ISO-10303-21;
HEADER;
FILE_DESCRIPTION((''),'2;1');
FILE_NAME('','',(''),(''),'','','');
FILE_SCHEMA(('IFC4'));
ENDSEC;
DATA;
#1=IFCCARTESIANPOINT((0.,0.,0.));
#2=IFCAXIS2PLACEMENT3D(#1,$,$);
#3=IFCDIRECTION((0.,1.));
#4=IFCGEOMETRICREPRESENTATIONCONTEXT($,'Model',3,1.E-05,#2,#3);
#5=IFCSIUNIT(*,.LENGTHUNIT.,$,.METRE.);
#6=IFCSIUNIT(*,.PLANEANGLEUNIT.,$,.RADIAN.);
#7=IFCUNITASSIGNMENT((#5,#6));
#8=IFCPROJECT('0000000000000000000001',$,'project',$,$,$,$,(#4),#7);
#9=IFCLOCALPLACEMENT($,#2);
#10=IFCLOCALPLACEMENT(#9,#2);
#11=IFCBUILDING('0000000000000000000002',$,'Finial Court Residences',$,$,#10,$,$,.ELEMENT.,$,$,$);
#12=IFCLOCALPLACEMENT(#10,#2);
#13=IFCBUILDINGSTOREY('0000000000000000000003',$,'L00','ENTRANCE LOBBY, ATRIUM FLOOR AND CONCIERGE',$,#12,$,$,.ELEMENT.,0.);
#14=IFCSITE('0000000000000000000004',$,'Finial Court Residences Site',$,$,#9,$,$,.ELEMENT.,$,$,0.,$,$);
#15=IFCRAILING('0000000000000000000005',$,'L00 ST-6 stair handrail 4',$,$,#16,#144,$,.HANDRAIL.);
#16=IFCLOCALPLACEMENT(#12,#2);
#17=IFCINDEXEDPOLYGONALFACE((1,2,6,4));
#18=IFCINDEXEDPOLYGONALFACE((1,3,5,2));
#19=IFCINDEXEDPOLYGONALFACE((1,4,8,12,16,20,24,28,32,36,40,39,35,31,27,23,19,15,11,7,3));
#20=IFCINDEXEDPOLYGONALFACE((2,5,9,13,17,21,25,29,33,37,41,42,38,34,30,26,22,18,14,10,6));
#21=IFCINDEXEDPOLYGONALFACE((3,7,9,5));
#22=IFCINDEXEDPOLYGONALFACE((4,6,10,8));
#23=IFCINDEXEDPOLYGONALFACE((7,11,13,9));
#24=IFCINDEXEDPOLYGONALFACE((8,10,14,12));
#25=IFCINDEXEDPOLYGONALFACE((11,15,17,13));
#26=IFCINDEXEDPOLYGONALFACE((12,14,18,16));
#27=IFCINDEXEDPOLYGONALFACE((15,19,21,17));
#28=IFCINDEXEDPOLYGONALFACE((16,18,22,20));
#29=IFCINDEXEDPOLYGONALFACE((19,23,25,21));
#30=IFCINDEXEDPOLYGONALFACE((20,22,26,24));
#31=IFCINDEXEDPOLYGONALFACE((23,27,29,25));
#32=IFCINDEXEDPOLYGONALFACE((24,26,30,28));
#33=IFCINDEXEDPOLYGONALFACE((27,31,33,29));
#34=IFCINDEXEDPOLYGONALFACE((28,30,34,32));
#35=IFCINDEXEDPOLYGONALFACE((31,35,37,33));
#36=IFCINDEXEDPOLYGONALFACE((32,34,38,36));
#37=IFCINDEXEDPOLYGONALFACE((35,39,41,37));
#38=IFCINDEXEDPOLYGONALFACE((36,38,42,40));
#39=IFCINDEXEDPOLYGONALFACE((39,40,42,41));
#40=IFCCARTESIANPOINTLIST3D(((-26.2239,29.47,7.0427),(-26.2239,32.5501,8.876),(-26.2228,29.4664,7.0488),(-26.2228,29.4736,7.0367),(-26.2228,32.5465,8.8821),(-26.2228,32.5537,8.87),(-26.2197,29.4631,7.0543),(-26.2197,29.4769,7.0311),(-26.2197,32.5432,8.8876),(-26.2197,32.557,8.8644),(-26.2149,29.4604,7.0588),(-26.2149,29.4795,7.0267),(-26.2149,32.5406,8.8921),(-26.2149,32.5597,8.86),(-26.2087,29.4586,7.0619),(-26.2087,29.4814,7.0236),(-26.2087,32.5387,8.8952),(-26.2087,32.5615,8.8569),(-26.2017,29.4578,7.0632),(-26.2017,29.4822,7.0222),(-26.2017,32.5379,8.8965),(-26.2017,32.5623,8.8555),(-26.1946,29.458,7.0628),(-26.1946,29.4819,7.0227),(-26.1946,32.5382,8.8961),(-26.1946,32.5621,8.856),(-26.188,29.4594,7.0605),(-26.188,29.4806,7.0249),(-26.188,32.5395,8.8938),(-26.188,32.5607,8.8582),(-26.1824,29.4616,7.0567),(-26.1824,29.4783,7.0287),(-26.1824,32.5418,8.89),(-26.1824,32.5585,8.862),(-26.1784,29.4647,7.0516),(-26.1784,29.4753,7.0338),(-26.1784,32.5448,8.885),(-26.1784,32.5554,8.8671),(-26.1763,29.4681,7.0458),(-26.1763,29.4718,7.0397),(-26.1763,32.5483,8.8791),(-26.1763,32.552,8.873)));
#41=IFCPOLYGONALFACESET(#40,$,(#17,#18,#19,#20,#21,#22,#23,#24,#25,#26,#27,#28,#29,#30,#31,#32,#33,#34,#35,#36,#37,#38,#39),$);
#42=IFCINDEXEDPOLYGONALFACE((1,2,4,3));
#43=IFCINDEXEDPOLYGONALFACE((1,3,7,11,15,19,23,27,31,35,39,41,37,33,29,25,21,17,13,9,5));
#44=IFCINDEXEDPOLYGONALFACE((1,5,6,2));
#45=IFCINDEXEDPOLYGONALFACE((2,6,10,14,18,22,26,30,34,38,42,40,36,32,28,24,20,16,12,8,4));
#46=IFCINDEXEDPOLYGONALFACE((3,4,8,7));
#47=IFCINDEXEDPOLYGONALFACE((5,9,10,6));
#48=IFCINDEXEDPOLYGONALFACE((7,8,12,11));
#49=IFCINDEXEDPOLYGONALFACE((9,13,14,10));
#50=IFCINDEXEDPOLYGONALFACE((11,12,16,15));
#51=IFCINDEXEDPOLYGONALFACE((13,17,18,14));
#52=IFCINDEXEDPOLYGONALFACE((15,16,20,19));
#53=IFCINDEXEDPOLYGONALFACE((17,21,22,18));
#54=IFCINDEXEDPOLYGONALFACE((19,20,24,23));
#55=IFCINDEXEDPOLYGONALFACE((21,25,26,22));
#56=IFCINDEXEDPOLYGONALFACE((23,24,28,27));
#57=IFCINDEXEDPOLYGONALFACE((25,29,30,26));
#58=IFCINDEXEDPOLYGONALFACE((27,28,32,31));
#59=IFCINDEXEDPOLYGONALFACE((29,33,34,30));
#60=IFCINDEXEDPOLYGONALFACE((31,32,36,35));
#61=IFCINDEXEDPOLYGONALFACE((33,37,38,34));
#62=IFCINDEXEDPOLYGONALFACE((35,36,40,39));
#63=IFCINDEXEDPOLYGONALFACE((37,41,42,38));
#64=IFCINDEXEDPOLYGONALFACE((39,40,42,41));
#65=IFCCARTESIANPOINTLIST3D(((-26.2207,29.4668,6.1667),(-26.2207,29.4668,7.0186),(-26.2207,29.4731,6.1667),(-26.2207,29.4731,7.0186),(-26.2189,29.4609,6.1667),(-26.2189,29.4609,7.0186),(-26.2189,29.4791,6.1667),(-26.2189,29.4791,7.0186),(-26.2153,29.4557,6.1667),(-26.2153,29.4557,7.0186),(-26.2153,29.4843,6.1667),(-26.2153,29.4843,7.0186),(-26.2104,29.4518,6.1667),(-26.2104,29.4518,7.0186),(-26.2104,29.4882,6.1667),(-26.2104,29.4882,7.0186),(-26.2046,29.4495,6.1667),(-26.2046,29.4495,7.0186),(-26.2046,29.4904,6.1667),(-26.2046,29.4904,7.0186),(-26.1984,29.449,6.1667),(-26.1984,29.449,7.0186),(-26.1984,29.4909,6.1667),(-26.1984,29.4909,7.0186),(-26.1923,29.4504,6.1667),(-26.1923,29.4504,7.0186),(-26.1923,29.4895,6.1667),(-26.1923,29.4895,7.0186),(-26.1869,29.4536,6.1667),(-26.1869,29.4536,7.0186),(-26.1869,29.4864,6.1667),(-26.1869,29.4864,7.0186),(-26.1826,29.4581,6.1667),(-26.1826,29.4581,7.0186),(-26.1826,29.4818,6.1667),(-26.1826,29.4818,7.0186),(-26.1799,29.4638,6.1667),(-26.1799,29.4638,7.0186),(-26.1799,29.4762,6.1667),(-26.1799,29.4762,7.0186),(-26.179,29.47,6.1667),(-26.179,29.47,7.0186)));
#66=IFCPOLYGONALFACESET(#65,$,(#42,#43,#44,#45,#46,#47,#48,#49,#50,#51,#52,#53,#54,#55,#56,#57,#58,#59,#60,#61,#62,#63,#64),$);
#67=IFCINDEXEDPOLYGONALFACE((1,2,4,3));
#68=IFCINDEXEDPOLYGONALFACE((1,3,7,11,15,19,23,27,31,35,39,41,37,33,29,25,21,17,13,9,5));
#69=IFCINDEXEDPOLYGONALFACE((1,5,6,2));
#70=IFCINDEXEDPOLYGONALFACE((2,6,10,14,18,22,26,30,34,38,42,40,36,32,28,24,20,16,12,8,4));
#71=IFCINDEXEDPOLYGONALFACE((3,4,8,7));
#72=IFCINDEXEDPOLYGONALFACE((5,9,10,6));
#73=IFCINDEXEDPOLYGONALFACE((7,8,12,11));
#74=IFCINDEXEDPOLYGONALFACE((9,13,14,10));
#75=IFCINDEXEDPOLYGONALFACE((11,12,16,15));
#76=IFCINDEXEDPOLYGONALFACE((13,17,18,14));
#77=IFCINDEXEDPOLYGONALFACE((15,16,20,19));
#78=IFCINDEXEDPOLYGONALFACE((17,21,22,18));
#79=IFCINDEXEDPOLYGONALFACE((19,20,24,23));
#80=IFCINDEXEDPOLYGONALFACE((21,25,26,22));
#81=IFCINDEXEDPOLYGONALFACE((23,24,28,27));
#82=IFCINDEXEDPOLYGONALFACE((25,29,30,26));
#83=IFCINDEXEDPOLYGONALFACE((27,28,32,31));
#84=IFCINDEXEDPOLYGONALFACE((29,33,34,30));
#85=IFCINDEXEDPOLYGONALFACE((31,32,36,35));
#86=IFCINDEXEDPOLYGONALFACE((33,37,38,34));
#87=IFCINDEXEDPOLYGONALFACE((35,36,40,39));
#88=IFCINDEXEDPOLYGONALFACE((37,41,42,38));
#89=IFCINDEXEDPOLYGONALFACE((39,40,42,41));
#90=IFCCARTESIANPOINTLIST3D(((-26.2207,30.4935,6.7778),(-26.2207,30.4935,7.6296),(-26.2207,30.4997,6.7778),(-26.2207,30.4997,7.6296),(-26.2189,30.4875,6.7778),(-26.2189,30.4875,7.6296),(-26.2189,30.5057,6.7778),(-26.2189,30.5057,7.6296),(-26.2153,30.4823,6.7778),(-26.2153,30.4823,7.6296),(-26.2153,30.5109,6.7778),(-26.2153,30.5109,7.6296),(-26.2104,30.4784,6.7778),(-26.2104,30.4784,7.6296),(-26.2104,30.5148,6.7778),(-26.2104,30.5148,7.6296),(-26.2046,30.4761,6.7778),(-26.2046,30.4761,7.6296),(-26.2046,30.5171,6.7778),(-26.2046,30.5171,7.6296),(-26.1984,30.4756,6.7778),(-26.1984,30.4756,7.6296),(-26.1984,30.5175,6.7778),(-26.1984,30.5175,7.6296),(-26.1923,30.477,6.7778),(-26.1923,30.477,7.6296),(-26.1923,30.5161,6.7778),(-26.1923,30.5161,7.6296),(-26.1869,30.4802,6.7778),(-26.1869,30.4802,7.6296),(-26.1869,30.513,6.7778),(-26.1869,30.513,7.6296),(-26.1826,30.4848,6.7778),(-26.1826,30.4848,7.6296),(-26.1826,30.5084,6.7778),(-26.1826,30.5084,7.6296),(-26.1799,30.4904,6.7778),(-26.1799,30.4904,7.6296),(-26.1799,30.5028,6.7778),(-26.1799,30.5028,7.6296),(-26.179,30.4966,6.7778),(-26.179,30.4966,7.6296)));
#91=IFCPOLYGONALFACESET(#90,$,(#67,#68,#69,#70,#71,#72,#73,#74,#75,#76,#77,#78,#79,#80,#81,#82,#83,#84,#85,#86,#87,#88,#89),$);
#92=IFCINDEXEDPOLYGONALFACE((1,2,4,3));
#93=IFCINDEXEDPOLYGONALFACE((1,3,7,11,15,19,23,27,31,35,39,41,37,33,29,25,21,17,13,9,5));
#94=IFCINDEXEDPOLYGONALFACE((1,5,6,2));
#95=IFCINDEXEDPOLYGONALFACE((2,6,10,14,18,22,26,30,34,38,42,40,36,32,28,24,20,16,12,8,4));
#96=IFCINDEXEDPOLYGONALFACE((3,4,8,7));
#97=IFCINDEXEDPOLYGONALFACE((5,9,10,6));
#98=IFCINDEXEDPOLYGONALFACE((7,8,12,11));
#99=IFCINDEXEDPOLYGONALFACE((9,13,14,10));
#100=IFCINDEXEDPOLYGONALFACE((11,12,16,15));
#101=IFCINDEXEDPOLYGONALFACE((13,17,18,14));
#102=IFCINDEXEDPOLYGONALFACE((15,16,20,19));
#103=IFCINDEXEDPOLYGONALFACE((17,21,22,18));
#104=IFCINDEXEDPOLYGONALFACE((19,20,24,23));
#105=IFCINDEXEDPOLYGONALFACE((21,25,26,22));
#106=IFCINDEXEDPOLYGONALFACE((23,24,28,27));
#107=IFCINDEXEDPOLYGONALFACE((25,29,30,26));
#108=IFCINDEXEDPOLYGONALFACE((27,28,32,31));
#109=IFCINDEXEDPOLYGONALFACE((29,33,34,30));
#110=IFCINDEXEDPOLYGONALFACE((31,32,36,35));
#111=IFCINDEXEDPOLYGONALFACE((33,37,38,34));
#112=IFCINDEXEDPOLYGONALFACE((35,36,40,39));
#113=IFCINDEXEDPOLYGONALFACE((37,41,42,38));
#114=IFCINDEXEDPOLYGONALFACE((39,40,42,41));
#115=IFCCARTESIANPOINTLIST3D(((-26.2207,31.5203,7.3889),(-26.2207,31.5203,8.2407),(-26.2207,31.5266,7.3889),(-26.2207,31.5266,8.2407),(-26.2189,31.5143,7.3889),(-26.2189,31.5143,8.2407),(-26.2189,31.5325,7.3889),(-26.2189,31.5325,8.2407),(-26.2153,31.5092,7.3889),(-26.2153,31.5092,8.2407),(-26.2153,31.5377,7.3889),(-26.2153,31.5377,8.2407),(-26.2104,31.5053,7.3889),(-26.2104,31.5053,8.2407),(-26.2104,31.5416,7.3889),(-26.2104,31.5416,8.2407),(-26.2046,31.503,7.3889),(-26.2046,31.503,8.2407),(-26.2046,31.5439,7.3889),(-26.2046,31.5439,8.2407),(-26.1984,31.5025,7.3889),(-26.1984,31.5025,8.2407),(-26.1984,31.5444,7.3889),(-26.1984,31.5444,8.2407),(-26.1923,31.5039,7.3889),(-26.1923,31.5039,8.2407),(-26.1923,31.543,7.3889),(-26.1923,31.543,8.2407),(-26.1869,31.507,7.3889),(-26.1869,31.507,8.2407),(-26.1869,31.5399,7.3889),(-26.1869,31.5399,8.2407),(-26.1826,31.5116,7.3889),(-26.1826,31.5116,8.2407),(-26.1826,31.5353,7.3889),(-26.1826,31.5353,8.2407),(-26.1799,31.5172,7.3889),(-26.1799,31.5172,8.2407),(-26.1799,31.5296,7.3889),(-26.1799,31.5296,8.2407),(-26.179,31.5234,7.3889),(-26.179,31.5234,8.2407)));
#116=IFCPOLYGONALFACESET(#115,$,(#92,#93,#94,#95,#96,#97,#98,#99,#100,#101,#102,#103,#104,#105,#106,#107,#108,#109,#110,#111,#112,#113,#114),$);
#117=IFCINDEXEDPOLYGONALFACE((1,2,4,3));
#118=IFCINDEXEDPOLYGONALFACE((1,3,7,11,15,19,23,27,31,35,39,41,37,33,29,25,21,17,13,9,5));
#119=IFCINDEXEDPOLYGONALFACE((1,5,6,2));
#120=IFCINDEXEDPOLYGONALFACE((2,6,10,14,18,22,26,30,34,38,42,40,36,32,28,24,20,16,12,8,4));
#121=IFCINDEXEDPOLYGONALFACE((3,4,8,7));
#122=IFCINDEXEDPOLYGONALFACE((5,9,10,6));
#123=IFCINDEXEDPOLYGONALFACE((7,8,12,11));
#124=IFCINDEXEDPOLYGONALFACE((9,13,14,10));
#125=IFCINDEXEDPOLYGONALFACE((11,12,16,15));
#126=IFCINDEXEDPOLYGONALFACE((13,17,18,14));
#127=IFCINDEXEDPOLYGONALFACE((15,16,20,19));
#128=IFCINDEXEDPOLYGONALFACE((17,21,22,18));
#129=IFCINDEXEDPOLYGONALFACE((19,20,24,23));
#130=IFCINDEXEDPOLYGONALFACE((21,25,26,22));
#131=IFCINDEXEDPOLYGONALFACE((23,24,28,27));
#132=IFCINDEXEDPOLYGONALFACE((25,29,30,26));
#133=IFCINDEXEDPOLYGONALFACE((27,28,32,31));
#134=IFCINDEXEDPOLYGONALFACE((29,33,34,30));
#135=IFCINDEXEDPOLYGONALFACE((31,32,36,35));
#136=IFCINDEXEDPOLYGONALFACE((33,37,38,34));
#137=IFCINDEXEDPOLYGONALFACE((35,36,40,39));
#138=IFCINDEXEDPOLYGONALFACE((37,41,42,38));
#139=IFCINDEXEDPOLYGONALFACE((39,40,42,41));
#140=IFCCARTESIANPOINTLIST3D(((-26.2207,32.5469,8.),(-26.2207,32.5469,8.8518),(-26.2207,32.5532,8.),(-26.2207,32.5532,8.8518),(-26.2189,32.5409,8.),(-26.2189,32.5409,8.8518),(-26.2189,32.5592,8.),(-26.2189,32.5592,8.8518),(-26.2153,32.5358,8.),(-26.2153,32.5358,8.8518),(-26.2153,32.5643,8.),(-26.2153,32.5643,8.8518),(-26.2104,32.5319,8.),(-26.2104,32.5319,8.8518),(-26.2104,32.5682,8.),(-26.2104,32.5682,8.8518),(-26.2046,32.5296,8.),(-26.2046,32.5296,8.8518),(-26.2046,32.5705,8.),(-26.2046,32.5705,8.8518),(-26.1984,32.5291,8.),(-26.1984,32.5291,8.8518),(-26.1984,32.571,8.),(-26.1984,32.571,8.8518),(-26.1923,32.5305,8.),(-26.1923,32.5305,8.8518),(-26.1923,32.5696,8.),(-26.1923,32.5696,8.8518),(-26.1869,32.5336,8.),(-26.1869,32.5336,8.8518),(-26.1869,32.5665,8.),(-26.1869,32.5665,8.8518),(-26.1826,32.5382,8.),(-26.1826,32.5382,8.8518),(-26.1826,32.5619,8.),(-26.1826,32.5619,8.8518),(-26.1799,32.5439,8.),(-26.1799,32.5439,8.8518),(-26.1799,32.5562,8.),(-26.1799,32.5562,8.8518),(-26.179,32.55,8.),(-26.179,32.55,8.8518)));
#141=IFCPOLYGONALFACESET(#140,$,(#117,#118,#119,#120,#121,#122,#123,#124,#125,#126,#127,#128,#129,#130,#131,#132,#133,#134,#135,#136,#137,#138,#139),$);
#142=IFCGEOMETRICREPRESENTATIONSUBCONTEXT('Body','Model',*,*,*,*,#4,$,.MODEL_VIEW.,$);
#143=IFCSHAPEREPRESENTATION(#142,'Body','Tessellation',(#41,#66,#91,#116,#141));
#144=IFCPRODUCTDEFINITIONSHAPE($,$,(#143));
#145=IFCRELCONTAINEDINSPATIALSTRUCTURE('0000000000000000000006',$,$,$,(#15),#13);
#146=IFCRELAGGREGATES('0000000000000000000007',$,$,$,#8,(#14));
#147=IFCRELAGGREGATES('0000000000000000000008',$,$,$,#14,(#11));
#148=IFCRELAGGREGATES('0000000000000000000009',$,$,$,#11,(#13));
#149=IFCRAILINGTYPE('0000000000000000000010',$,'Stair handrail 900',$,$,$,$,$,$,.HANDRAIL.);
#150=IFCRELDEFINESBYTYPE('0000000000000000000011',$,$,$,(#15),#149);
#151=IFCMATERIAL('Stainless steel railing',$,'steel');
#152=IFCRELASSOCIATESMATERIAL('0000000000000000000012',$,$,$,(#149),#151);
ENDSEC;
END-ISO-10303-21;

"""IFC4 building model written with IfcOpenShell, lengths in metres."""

from ifc_helpers import new_model, si_unit, direction, frame, origin, origin_2d, place, context, subcontext, project, spatial, circle, extrude, material, type_object, element, save


model = new_model("IFC4")

# Units and contexts
model_context = context("Model", 3, precision=1e-05, world=origin(), true_north=direction((0.0, 1.0)))
body_context = subcontext(model_context, "Body", "Model", "MODEL_VIEW")
ifc_project = project(units=[si_unit("LENGTHUNIT", "METRE"), si_unit("PLANEANGLEUNIT", "RADIAN")], contexts=[model_context])

# Site, building, storey
site_placement = place(None, origin())
site = spatial("IfcSite", under=ifc_project, at=site_placement, Name="Finial Court Residences Site", CompositionType="ELEMENT", RefElevation=0.0)
building_placement = place(site_placement, origin())
building = spatial("IfcBuilding", under=site, at=building_placement, Name="Finial Court Residences", CompositionType="ELEMENT")
storey_placement = place(building_placement, origin())
storey = spatial("IfcBuildingStorey", under=building, at=storey_placement, Name="L00", Description="ENTRANCE LOBBY, ATRIUM FLOOR AND CONCIERGE", CompositionType="ELEMENT", Elevation=0.0)

# Railing
ifc_material_1 = material(Name="Stainless steel railing", Category="steel")
railing_type_1 = type_object("IfcRailingType", Name="Stair handrail 900", PredefinedType="HANDRAIL", material=ifc_material_1)
railing_1_placement = place(storey_placement, frame((-26.2, 29.47, 6.1667)))
element("IfcRailing", 1, at=railing_1_placement, inside=storey, type_object=railing_type_1, Name="L00 ST-6 stair handrail 4", PredefinedType="HANDRAIL", context=body_context, shape_type="SweptSolid", body=[
    extrude(circle(Radius=0.0239, at=origin_2d()), frame((0.0, 0.0, 0.876), z_axis=(0.0, 0.859309, 0.511458), x_axis=(-1.0, 0.0, 0.0)), (0.0, 0.0, 1.0), 3.5845),
    extrude(circle(Radius=0.021, at=origin_2d()), origin(), (0.0, 0.0, 1.0), 0.8518),
    extrude(circle(Radius=0.021, at=origin_2d()), frame((0.0, 1.0266, 0.6111)), (0.0, 0.0, 1.0), 0.8518),
    extrude(circle(Radius=0.021, at=origin_2d()), frame((0.0, 2.0535, 1.2222)), (0.0, 0.0, 1.0), 0.8518),
    extrude(circle(Radius=0.021, at=origin_2d()), frame((0.0, 3.0801, 1.8333)), (0.0, 0.0, 1.0), 0.8518),
])

save(model, "model.ifc")
